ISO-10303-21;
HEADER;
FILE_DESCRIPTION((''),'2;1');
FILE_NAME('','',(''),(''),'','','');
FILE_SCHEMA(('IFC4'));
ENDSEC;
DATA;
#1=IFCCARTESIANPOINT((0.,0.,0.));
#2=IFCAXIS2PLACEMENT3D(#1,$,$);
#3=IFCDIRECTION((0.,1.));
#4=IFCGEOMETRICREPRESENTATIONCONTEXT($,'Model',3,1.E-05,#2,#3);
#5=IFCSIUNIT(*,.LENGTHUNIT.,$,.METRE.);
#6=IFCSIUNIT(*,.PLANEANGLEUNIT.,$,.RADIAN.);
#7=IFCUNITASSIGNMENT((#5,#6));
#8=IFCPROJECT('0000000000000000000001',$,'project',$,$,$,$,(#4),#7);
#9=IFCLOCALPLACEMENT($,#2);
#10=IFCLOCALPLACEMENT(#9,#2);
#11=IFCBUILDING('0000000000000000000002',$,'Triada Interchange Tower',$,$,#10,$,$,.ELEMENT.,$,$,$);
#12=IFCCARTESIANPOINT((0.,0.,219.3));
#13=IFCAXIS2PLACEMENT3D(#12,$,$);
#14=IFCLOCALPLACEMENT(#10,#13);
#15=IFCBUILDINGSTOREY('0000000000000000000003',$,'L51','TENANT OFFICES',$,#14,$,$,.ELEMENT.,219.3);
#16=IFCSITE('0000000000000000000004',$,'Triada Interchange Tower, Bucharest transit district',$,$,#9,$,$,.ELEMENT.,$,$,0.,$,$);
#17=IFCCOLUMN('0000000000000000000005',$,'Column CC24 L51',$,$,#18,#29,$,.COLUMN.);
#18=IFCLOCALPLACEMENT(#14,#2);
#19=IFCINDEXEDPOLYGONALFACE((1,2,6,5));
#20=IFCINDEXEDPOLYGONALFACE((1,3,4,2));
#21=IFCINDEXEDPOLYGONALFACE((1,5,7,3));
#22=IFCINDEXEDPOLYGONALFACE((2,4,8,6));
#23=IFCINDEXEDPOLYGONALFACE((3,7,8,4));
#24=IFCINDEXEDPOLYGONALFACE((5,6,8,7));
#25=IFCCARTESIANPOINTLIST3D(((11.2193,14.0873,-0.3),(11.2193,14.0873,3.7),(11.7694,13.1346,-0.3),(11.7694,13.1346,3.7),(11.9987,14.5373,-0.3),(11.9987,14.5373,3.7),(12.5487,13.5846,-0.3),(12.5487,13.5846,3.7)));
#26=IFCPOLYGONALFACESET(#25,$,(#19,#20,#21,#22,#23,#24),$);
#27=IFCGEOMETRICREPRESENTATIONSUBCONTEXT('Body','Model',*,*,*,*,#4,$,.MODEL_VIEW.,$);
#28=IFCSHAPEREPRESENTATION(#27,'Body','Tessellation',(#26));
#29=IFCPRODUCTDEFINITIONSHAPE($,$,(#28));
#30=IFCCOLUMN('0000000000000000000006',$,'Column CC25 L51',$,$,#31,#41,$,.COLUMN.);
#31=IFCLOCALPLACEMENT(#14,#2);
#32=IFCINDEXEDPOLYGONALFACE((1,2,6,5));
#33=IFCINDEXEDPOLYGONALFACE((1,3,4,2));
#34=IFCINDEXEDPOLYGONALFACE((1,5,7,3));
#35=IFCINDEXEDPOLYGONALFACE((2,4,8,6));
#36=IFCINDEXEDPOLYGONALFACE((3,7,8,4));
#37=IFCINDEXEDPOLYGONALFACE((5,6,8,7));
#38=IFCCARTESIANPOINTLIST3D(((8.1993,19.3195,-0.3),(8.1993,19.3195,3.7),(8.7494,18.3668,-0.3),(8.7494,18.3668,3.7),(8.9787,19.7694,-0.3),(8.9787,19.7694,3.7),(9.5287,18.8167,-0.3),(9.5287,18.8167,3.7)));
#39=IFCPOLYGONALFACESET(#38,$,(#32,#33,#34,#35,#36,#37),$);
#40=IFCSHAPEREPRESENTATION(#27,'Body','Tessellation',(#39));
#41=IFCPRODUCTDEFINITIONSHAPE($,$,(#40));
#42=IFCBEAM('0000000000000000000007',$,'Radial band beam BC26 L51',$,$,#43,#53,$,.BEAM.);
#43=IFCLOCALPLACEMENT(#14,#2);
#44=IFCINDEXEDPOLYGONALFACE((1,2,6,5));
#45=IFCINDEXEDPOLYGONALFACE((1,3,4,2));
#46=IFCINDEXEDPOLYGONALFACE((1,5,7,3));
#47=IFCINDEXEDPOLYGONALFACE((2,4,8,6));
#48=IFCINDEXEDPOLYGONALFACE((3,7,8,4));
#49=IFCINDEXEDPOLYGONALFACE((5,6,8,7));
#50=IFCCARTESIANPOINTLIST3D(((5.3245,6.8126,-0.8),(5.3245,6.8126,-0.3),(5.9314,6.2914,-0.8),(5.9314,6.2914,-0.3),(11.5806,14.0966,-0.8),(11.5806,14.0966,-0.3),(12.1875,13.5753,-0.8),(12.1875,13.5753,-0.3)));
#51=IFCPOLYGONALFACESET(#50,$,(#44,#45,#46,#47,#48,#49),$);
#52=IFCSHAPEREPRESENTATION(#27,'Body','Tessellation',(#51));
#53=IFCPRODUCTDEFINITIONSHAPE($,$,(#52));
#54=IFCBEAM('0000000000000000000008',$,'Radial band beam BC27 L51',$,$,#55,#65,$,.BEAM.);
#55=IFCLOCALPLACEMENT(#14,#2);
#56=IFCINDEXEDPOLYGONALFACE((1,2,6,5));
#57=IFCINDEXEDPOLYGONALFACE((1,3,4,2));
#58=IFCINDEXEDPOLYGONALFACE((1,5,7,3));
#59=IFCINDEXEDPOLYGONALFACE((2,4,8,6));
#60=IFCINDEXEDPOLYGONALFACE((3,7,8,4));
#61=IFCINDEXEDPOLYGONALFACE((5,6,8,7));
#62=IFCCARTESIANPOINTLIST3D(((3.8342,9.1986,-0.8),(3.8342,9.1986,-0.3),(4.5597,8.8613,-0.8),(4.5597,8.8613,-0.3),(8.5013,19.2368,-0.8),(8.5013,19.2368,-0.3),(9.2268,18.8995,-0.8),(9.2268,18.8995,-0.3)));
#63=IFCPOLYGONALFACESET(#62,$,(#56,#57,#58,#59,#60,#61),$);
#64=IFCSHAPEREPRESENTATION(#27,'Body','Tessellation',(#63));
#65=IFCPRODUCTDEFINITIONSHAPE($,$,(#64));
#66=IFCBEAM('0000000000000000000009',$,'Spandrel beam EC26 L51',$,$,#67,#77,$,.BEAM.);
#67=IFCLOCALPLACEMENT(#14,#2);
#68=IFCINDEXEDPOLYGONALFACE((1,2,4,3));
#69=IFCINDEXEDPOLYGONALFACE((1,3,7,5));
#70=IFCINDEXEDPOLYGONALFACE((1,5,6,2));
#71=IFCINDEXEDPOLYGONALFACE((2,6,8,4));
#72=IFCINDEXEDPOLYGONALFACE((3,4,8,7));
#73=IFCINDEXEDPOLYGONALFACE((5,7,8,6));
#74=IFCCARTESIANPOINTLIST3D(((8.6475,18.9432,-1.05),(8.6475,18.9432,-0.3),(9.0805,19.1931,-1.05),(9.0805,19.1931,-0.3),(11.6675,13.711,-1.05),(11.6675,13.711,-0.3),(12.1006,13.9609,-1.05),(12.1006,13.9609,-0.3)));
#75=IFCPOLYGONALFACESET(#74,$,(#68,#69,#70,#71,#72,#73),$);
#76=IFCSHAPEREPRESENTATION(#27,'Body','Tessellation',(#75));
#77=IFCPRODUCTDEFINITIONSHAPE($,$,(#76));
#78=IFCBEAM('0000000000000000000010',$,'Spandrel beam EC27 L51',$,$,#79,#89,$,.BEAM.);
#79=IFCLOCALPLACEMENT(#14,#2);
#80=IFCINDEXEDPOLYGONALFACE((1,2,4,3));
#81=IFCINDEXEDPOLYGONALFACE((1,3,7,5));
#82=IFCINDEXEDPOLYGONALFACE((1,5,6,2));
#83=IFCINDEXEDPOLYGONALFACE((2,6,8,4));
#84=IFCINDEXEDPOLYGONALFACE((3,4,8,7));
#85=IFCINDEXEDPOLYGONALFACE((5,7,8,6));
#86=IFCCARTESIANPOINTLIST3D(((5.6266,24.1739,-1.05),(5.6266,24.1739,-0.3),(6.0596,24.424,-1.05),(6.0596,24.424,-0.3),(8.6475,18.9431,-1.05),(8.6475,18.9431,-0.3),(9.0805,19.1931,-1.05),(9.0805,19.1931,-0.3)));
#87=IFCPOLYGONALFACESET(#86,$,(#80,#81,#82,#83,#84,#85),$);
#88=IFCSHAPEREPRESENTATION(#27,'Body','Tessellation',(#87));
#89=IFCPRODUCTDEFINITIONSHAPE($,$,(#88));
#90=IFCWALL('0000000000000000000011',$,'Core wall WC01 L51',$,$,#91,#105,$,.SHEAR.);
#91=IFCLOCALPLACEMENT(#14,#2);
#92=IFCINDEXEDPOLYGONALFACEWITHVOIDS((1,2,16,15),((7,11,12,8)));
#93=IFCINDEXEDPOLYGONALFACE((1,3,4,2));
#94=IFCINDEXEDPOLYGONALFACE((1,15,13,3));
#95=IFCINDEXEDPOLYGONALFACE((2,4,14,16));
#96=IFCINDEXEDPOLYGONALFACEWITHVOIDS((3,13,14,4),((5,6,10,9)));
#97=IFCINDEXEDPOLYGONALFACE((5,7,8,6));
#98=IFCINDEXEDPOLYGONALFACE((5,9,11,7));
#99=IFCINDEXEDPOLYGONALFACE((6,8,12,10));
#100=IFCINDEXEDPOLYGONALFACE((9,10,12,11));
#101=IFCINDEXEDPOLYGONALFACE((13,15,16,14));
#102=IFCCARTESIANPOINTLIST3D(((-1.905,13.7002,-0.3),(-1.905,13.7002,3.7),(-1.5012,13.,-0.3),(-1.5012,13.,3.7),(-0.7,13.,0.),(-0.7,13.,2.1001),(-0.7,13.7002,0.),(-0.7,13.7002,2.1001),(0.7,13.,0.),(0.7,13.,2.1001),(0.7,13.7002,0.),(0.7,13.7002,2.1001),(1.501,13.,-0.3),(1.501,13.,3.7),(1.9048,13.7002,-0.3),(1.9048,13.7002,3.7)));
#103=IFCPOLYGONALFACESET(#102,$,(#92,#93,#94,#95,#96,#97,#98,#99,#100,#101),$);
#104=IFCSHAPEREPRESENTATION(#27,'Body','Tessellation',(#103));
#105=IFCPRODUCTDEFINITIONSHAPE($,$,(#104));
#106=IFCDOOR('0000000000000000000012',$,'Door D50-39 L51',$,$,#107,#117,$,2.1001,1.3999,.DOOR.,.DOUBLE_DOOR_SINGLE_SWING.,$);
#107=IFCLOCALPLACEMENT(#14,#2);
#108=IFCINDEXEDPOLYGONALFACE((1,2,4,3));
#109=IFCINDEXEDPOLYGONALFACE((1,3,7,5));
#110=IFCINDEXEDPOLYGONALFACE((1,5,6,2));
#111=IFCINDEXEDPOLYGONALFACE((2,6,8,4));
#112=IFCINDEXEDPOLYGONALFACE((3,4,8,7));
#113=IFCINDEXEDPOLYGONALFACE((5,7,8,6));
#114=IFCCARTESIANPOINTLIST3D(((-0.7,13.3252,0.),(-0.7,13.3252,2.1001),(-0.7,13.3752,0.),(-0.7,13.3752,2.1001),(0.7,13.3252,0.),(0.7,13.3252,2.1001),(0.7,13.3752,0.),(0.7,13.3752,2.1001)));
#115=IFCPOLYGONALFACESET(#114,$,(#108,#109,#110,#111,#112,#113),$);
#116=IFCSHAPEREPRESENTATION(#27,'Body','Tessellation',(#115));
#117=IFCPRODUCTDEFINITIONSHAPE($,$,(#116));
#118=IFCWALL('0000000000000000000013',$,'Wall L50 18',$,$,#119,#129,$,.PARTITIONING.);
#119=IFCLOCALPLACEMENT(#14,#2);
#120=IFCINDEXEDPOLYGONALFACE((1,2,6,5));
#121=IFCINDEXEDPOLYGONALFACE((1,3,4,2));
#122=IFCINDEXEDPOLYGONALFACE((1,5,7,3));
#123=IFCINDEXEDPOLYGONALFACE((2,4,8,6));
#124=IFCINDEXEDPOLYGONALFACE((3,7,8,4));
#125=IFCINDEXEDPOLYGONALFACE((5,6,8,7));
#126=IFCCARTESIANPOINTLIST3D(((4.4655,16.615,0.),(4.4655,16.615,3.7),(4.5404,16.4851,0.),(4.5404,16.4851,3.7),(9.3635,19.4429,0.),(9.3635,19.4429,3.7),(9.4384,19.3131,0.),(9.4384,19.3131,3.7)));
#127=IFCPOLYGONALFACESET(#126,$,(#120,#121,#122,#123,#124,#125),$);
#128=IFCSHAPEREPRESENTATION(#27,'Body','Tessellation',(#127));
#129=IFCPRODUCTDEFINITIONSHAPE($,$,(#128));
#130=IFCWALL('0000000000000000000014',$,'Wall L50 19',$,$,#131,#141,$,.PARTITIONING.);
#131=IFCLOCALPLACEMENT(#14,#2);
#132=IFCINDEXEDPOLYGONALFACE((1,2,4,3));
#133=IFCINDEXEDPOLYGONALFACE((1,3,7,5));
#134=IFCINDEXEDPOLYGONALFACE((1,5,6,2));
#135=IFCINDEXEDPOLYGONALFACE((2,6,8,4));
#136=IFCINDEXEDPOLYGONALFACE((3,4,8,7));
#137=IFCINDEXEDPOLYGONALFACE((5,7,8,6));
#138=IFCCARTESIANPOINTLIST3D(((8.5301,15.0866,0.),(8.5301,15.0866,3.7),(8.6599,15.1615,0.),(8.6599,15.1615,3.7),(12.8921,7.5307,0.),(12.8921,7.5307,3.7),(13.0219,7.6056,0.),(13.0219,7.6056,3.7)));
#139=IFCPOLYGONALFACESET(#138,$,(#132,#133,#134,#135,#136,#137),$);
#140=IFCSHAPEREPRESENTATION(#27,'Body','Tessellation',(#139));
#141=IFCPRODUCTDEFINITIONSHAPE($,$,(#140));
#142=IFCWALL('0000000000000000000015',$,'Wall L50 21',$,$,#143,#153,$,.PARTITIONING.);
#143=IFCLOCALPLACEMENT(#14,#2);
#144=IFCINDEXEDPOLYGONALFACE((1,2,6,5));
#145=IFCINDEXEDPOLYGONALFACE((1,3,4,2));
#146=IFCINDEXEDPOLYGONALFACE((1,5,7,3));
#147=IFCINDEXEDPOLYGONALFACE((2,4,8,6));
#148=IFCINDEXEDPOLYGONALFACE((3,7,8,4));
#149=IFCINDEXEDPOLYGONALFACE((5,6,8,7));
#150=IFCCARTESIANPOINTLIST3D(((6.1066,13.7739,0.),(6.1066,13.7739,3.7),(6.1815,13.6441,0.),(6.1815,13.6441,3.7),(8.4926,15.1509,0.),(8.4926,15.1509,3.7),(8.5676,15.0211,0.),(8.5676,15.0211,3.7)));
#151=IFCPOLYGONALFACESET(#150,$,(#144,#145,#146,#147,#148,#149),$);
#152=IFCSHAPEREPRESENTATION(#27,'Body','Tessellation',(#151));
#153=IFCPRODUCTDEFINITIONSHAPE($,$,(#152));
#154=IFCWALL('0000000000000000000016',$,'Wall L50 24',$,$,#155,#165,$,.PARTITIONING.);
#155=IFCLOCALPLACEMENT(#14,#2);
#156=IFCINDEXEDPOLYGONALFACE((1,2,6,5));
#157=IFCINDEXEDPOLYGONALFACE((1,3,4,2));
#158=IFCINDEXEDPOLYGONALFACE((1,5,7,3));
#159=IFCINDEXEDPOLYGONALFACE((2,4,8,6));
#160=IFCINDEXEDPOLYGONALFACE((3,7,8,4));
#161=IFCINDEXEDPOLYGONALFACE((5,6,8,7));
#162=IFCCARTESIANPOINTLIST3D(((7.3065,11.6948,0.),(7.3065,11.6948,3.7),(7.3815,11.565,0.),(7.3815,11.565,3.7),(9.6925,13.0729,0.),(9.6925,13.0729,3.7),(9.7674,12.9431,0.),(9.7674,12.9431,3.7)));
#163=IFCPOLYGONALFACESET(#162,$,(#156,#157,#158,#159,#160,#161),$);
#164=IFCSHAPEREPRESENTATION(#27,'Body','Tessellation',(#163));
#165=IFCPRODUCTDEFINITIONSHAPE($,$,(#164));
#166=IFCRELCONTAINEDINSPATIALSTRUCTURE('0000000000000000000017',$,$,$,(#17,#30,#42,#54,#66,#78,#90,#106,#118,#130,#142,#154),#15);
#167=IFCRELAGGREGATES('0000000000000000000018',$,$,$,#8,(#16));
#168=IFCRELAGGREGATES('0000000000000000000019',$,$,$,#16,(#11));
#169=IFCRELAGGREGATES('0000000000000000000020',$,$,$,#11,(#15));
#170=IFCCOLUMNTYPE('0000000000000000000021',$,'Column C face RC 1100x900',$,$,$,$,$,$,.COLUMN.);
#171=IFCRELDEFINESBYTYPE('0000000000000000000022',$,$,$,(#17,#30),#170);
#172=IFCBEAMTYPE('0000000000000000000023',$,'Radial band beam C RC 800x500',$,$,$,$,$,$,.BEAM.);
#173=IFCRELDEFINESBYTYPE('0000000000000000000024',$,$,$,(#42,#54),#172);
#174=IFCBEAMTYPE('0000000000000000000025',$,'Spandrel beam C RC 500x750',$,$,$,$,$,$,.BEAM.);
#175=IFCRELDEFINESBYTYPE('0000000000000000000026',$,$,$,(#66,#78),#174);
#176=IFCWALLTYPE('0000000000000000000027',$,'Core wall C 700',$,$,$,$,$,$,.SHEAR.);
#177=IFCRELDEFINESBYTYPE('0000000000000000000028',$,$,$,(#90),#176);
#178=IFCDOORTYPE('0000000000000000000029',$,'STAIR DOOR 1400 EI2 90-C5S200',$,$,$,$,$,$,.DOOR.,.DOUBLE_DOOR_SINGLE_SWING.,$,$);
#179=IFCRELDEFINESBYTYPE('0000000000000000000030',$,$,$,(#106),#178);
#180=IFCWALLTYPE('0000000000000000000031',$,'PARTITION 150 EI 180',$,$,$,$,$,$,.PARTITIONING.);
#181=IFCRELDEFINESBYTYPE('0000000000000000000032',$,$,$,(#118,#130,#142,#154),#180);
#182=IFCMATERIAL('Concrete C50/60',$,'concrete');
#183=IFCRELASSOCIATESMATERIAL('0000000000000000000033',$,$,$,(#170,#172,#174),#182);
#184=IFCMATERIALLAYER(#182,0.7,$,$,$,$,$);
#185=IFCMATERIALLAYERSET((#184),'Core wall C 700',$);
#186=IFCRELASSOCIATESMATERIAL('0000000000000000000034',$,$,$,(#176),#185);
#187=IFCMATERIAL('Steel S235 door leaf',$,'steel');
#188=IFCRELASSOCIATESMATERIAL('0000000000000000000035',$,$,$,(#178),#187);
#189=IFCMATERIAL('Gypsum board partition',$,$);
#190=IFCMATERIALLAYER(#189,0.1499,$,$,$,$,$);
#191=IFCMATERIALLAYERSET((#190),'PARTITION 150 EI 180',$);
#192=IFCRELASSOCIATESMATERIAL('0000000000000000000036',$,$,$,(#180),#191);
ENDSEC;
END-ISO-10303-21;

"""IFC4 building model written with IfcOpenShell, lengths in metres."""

from ifc_helpers import new_model, si_unit, direction, frame, frame_2d, origin, origin_2d, place, context, subcontext, project, spatial, polyline, rectangle, outline, extrude, material, layer, layer_set, material_profile, profile_set, type_object, element, fill, save


model = new_model("IFC4")

# Units and contexts
model_context = context("Model", 3, precision=1e-05, world=origin(), true_north=direction((0.0, 1.0)))
body_context = subcontext(model_context, "Body", "Model", "MODEL_VIEW")
ifc_project = project(units=[si_unit("LENGTHUNIT", "METRE"), si_unit("PLANEANGLEUNIT", "RADIAN")], contexts=[model_context])

# Site, building, storey
site_placement = place(None, origin())
site = spatial("IfcSite", under=ifc_project, at=site_placement, Name="Triada Interchange Tower, Bucharest transit district", CompositionType="ELEMENT", RefElevation=0.0)
building_placement = place(site_placement, origin())
building = spatial("IfcBuilding", under=site, at=building_placement, Name="Triada Interchange Tower", CompositionType="ELEMENT")
storey_placement = place(building_placement, frame((0.0, 0.0, 219.3)))
storey = spatial("IfcBuildingStorey", under=building, at=storey_placement, Name="L51", Description="TENANT OFFICES", CompositionType="ELEMENT", Elevation=219.3)

# Columns
ifc_material_1 = material(Name="Concrete C50/60", Category="concrete")
ifc_material_profile_1 = material_profile(ifc_material_1, rectangle(XDim=1.1001, YDim=0.8999, at=origin_2d()), Name="RC 1100x900")
ifc_profile_set_1 = profile_set([ifc_material_profile_1], Name="Concrete C50/60")
column_type = type_object("IfcColumnType", Name="Column C face RC 1100x900", PredefinedType="COLUMN", material=ifc_profile_set_1)
for number, where, z_axis, x_axis, name in (
    (1, (11.884, 13.8359, -0.3), (0.0, 0.0, 1.0), (-0.5, 0.866025, 0.0), "Column CC24 L51"),
    (2, (8.864, 19.0681, -0.3), (0.0, 0.0, 1.0), (-0.5, 0.866025, 0.0), "Column CC25 L51"),
):
    element("IfcColumn", number, at=place(storey_placement, frame(where, z_axis=z_axis, x_axis=x_axis)), inside=storey, type_object=column_type, Name=name, PredefinedType="COLUMN", context=body_context, shape_type="SweptSolid", body=[
        extrude(rectangle(XDim=1.1001, YDim=0.8999, at=origin_2d()), origin(), (0.0, 0.0, 1.0), 4.0),
    ])

# Beams
ifc_material_profile_2 = material_profile(ifc_material_1, rectangle(XDim=0.8, YDim=0.5, at=origin_2d()), Name="RC 800x500")
ifc_profile_set_2 = profile_set([ifc_material_profile_2], Name="Concrete C50/60")
beam_type_1 = type_object("IfcBeamType", Name="Radial band beam C RC 800x500", PredefinedType="BEAM", material=ifc_profile_set_2)
beam_1_placement = place(storey_placement, frame((11.884, 13.8359, -0.55), z_axis=(-0.651555, -0.758601, 0.0), x_axis=(0.758601, -0.651555, 0.0)))
element("IfcBeam", 3, at=beam_1_placement, inside=storey, type_object=beam_type_1, Name="Radial band beam BC26 L51", PredefinedType="BEAM", context=body_context, shape_type="SweptSolid", body=[
    extrude(rectangle(XDim=0.8, YDim=0.5, at=origin_2d()), origin(), (0.0, 0.0, 1.0), 9.6018),
])
beam_2_placement = place(storey_placement, frame((8.864, 19.0681, -0.55), z_axis=(-0.421591, -0.906786, 0.0), x_axis=(0.906786, -0.421591, 0.0)))
element("IfcBeam", 4, at=beam_2_placement, inside=storey, type_object=beam_type_1, Name="Radial band beam BC27 L51", PredefinedType="BEAM", context=body_context, shape_type="SweptSolid", body=[
    extrude(rectangle(XDim=0.8, YDim=0.5, at=origin_2d()), origin(), (0.0, 0.0, 1.0), 11.0701),
])
ifc_material_profile_3 = material_profile(ifc_material_1, rectangle(XDim=0.5, YDim=0.75, at=origin_2d()), Name="RC 500x750")
ifc_profile_set_3 = profile_set([ifc_material_profile_3], Name="Concrete C50/60")
beam_type_2 = type_object("IfcBeamType", Name="Spandrel beam C RC 500x750", PredefinedType="BEAM", material=ifc_profile_set_3)
beam_3_placement = place(storey_placement, frame((11.884, 13.8359, -0.675), z_axis=(-0.499903, 0.866081, 0.0), x_axis=(-0.866081, -0.499903, 0.0)))
element("IfcBeam", 5, at=beam_3_placement, inside=storey, type_object=beam_type_2, Name="Spandrel beam EC26 L51", PredefinedType="BEAM", context=body_context, shape_type="SweptSolid", body=[
    extrude(rectangle(XDim=0.5, YDim=0.75, at=origin_2d()), origin(), (0.0, 0.0, 1.0), 6.0413),
])
beam_4_placement = place(storey_placement, frame((8.864, 19.0681, -0.675), z_axis=(-0.500112, 0.865961, 0.0), x_axis=(-0.865961, -0.500112, 0.0)))
element("IfcBeam", 6, at=beam_4_placement, inside=storey, type_object=beam_type_2, Name="Spandrel beam EC27 L51", PredefinedType="BEAM", context=body_context, shape_type="SweptSolid", body=[
    extrude(rectangle(XDim=0.5, YDim=0.75, at=origin_2d()), origin(), (0.0, 0.0, 1.0), 6.0405),
])

# Wall, opening, door
ifc_layer_1 = layer(ifc_material_1, 0.7)
ifc_layer_set_1 = layer_set([ifc_layer_1], Name="Core wall C 700")
wall_type_1 = type_object("IfcWallType", Name="Core wall C 700", PredefinedType="SHEAR", material=ifc_layer_set_1)
wall_1_placement = place(storey_placement, frame((1.7029, 13.3501, -0.3), z_axis=(0.0, 0.0, 1.0), x_axis=(-1.0, 0.0, 0.0)))
wall_1 = element("IfcWall", 7, at=wall_1_placement, inside=storey, type_object=wall_type_1, Name="Core wall WC01 L51", PredefinedType="SHEAR", context=body_context, shape_type="SweptSolid", body=[
    extrude(outline(polyline([(-0.2019, -0.3501), (1.7031, -0.3501), (3.6079, -0.3501), (3.2041, 0.3501), (1.7031, 0.3501), (0.2019, 0.3501), (-0.2019, -0.3501)])), origin(), (0.0, 0.0, 1.0), 4.0),
])
opening_placement = place(wall_1_placement, frame((1.0029, 0.0, 0.3)))
opening = element("IfcOpeningElement", 8, at=opening_placement, cuts=wall_1, PredefinedType="OPENING", context=body_context, shape_type="SweptSolid", body=[
    extrude(rectangle(XDim=1.3999, YDim=2.1001, at=frame_2d((0.7, 1.05))), frame((0.0, 0.3601, 0.0), z_axis=(0.0, -1.0, 0.0), x_axis=(1.0, 0.0, 0.0)), (0.0, 0.0, 1.0), 0.7202),
])
ifc_material_2 = material(Name="Steel S235 door leaf", Category="steel")
door_type = type_object("IfcDoorType", Name="STAIR DOOR 1400 EI2 90-C5S200", OperationType="DOUBLE_DOOR_SINGLE_SWING", PredefinedType="DOOR", material=ifc_material_2)
door_placement = place(opening_placement, origin())
door = element("IfcDoor", 9, at=door_placement, inside=storey, type_object=door_type, Name="Door D50-39 L51", OperationType="DOUBLE_DOOR_SINGLE_SWING", OverallHeight=2.1001, OverallWidth=1.3999, PredefinedType="DOOR", context=body_context, shape_type="SweptSolid", body=[
    extrude(rectangle(XDim=1.3999, YDim=2.1001, at=frame_2d((0.7, 1.05))), frame((0.0, 0.0249, 0.0), z_axis=(0.0, -1.0, 0.0), x_axis=(1.0, 0.0, 0.0)), (0.0, 0.0, 1.0), 0.05),
])
fill(opening, door)

# Walls
ifc_material_3 = material(Name="Gypsum board partition")
ifc_layer_2 = layer(ifc_material_3, 0.1499)
ifc_layer_set_2 = layer_set([ifc_layer_2], Name="PARTITION 150 EI 180")
wall_type_2 = type_object("IfcWallType", Name="PARTITION 150 EI 180", PredefinedType="PARTITIONING", material=ifc_layer_set_2)
wall_2_placement = place(storey_placement, frame((4.5029, 16.55, 0.0), z_axis=(0.0, 0.0, 1.0), x_axis=(0.866022, 0.500006, 0.0)))
element("IfcWall", 10, at=wall_2_placement, inside=storey, type_object=wall_type_2, Name="Wall L50 18", PredefinedType="PARTITIONING", context=body_context, shape_type="SweptSolid", body=[
    extrude(rectangle(XDim=5.6558, YDim=0.1499, at=frame_2d((2.8279, 0.0))), origin(), (0.0, 0.0, 1.0), 3.7),
])
wall_3_placement = place(storey_placement, frame((8.595, 15.124, 0.0), z_axis=(0.0, 0.0, 1.0), x_axis=(0.49997, -0.866043, 0.0)))
element("IfcWall", 11, at=wall_3_placement, inside=storey, type_object=wall_type_2, Name="Wall L50 19", PredefinedType="PARTITIONING", context=body_context, shape_type="SweptSolid", body=[
    extrude(rectangle(XDim=8.7246, YDim=0.1499, at=frame_2d((4.3623, 0.0))), origin(), (0.0, 0.0, 1.0), 3.7),
])
wall_4_placement = place(storey_placement, frame((6.144, 13.709, 0.0), z_axis=(0.0, 0.0, 1.0), x_axis=(0.866119, 0.499838, 0.0)))
element("IfcWall", 12, at=wall_4_placement, inside=storey, type_object=wall_type_2, Name="Wall L50 21", PredefinedType="PARTITIONING", context=body_context, shape_type="SweptSolid", body=[
    extrude(rectangle(XDim=2.7549, YDim=0.1499, at=frame_2d((1.3774, 0.0))), origin(), (0.0, 0.0, 1.0), 3.7),
])
wall_5_placement = place(storey_placement, frame((7.344, 11.6299, 0.0), z_axis=(0.0, 0.0, 1.0), x_axis=(0.865927, 0.50017, 0.0)))
element("IfcWall", 13, at=wall_5_placement, inside=storey, type_object=wall_type_2, Name="Wall L50 24", PredefinedType="PARTITIONING", context=body_context, shape_type="SweptSolid", body=[
    extrude(rectangle(XDim=2.7554, YDim=0.1499, at=frame_2d((1.3777, 0.0))), origin(), (0.0, 0.0, 1.0), 3.7),
])

save(model, "model.ifc")
